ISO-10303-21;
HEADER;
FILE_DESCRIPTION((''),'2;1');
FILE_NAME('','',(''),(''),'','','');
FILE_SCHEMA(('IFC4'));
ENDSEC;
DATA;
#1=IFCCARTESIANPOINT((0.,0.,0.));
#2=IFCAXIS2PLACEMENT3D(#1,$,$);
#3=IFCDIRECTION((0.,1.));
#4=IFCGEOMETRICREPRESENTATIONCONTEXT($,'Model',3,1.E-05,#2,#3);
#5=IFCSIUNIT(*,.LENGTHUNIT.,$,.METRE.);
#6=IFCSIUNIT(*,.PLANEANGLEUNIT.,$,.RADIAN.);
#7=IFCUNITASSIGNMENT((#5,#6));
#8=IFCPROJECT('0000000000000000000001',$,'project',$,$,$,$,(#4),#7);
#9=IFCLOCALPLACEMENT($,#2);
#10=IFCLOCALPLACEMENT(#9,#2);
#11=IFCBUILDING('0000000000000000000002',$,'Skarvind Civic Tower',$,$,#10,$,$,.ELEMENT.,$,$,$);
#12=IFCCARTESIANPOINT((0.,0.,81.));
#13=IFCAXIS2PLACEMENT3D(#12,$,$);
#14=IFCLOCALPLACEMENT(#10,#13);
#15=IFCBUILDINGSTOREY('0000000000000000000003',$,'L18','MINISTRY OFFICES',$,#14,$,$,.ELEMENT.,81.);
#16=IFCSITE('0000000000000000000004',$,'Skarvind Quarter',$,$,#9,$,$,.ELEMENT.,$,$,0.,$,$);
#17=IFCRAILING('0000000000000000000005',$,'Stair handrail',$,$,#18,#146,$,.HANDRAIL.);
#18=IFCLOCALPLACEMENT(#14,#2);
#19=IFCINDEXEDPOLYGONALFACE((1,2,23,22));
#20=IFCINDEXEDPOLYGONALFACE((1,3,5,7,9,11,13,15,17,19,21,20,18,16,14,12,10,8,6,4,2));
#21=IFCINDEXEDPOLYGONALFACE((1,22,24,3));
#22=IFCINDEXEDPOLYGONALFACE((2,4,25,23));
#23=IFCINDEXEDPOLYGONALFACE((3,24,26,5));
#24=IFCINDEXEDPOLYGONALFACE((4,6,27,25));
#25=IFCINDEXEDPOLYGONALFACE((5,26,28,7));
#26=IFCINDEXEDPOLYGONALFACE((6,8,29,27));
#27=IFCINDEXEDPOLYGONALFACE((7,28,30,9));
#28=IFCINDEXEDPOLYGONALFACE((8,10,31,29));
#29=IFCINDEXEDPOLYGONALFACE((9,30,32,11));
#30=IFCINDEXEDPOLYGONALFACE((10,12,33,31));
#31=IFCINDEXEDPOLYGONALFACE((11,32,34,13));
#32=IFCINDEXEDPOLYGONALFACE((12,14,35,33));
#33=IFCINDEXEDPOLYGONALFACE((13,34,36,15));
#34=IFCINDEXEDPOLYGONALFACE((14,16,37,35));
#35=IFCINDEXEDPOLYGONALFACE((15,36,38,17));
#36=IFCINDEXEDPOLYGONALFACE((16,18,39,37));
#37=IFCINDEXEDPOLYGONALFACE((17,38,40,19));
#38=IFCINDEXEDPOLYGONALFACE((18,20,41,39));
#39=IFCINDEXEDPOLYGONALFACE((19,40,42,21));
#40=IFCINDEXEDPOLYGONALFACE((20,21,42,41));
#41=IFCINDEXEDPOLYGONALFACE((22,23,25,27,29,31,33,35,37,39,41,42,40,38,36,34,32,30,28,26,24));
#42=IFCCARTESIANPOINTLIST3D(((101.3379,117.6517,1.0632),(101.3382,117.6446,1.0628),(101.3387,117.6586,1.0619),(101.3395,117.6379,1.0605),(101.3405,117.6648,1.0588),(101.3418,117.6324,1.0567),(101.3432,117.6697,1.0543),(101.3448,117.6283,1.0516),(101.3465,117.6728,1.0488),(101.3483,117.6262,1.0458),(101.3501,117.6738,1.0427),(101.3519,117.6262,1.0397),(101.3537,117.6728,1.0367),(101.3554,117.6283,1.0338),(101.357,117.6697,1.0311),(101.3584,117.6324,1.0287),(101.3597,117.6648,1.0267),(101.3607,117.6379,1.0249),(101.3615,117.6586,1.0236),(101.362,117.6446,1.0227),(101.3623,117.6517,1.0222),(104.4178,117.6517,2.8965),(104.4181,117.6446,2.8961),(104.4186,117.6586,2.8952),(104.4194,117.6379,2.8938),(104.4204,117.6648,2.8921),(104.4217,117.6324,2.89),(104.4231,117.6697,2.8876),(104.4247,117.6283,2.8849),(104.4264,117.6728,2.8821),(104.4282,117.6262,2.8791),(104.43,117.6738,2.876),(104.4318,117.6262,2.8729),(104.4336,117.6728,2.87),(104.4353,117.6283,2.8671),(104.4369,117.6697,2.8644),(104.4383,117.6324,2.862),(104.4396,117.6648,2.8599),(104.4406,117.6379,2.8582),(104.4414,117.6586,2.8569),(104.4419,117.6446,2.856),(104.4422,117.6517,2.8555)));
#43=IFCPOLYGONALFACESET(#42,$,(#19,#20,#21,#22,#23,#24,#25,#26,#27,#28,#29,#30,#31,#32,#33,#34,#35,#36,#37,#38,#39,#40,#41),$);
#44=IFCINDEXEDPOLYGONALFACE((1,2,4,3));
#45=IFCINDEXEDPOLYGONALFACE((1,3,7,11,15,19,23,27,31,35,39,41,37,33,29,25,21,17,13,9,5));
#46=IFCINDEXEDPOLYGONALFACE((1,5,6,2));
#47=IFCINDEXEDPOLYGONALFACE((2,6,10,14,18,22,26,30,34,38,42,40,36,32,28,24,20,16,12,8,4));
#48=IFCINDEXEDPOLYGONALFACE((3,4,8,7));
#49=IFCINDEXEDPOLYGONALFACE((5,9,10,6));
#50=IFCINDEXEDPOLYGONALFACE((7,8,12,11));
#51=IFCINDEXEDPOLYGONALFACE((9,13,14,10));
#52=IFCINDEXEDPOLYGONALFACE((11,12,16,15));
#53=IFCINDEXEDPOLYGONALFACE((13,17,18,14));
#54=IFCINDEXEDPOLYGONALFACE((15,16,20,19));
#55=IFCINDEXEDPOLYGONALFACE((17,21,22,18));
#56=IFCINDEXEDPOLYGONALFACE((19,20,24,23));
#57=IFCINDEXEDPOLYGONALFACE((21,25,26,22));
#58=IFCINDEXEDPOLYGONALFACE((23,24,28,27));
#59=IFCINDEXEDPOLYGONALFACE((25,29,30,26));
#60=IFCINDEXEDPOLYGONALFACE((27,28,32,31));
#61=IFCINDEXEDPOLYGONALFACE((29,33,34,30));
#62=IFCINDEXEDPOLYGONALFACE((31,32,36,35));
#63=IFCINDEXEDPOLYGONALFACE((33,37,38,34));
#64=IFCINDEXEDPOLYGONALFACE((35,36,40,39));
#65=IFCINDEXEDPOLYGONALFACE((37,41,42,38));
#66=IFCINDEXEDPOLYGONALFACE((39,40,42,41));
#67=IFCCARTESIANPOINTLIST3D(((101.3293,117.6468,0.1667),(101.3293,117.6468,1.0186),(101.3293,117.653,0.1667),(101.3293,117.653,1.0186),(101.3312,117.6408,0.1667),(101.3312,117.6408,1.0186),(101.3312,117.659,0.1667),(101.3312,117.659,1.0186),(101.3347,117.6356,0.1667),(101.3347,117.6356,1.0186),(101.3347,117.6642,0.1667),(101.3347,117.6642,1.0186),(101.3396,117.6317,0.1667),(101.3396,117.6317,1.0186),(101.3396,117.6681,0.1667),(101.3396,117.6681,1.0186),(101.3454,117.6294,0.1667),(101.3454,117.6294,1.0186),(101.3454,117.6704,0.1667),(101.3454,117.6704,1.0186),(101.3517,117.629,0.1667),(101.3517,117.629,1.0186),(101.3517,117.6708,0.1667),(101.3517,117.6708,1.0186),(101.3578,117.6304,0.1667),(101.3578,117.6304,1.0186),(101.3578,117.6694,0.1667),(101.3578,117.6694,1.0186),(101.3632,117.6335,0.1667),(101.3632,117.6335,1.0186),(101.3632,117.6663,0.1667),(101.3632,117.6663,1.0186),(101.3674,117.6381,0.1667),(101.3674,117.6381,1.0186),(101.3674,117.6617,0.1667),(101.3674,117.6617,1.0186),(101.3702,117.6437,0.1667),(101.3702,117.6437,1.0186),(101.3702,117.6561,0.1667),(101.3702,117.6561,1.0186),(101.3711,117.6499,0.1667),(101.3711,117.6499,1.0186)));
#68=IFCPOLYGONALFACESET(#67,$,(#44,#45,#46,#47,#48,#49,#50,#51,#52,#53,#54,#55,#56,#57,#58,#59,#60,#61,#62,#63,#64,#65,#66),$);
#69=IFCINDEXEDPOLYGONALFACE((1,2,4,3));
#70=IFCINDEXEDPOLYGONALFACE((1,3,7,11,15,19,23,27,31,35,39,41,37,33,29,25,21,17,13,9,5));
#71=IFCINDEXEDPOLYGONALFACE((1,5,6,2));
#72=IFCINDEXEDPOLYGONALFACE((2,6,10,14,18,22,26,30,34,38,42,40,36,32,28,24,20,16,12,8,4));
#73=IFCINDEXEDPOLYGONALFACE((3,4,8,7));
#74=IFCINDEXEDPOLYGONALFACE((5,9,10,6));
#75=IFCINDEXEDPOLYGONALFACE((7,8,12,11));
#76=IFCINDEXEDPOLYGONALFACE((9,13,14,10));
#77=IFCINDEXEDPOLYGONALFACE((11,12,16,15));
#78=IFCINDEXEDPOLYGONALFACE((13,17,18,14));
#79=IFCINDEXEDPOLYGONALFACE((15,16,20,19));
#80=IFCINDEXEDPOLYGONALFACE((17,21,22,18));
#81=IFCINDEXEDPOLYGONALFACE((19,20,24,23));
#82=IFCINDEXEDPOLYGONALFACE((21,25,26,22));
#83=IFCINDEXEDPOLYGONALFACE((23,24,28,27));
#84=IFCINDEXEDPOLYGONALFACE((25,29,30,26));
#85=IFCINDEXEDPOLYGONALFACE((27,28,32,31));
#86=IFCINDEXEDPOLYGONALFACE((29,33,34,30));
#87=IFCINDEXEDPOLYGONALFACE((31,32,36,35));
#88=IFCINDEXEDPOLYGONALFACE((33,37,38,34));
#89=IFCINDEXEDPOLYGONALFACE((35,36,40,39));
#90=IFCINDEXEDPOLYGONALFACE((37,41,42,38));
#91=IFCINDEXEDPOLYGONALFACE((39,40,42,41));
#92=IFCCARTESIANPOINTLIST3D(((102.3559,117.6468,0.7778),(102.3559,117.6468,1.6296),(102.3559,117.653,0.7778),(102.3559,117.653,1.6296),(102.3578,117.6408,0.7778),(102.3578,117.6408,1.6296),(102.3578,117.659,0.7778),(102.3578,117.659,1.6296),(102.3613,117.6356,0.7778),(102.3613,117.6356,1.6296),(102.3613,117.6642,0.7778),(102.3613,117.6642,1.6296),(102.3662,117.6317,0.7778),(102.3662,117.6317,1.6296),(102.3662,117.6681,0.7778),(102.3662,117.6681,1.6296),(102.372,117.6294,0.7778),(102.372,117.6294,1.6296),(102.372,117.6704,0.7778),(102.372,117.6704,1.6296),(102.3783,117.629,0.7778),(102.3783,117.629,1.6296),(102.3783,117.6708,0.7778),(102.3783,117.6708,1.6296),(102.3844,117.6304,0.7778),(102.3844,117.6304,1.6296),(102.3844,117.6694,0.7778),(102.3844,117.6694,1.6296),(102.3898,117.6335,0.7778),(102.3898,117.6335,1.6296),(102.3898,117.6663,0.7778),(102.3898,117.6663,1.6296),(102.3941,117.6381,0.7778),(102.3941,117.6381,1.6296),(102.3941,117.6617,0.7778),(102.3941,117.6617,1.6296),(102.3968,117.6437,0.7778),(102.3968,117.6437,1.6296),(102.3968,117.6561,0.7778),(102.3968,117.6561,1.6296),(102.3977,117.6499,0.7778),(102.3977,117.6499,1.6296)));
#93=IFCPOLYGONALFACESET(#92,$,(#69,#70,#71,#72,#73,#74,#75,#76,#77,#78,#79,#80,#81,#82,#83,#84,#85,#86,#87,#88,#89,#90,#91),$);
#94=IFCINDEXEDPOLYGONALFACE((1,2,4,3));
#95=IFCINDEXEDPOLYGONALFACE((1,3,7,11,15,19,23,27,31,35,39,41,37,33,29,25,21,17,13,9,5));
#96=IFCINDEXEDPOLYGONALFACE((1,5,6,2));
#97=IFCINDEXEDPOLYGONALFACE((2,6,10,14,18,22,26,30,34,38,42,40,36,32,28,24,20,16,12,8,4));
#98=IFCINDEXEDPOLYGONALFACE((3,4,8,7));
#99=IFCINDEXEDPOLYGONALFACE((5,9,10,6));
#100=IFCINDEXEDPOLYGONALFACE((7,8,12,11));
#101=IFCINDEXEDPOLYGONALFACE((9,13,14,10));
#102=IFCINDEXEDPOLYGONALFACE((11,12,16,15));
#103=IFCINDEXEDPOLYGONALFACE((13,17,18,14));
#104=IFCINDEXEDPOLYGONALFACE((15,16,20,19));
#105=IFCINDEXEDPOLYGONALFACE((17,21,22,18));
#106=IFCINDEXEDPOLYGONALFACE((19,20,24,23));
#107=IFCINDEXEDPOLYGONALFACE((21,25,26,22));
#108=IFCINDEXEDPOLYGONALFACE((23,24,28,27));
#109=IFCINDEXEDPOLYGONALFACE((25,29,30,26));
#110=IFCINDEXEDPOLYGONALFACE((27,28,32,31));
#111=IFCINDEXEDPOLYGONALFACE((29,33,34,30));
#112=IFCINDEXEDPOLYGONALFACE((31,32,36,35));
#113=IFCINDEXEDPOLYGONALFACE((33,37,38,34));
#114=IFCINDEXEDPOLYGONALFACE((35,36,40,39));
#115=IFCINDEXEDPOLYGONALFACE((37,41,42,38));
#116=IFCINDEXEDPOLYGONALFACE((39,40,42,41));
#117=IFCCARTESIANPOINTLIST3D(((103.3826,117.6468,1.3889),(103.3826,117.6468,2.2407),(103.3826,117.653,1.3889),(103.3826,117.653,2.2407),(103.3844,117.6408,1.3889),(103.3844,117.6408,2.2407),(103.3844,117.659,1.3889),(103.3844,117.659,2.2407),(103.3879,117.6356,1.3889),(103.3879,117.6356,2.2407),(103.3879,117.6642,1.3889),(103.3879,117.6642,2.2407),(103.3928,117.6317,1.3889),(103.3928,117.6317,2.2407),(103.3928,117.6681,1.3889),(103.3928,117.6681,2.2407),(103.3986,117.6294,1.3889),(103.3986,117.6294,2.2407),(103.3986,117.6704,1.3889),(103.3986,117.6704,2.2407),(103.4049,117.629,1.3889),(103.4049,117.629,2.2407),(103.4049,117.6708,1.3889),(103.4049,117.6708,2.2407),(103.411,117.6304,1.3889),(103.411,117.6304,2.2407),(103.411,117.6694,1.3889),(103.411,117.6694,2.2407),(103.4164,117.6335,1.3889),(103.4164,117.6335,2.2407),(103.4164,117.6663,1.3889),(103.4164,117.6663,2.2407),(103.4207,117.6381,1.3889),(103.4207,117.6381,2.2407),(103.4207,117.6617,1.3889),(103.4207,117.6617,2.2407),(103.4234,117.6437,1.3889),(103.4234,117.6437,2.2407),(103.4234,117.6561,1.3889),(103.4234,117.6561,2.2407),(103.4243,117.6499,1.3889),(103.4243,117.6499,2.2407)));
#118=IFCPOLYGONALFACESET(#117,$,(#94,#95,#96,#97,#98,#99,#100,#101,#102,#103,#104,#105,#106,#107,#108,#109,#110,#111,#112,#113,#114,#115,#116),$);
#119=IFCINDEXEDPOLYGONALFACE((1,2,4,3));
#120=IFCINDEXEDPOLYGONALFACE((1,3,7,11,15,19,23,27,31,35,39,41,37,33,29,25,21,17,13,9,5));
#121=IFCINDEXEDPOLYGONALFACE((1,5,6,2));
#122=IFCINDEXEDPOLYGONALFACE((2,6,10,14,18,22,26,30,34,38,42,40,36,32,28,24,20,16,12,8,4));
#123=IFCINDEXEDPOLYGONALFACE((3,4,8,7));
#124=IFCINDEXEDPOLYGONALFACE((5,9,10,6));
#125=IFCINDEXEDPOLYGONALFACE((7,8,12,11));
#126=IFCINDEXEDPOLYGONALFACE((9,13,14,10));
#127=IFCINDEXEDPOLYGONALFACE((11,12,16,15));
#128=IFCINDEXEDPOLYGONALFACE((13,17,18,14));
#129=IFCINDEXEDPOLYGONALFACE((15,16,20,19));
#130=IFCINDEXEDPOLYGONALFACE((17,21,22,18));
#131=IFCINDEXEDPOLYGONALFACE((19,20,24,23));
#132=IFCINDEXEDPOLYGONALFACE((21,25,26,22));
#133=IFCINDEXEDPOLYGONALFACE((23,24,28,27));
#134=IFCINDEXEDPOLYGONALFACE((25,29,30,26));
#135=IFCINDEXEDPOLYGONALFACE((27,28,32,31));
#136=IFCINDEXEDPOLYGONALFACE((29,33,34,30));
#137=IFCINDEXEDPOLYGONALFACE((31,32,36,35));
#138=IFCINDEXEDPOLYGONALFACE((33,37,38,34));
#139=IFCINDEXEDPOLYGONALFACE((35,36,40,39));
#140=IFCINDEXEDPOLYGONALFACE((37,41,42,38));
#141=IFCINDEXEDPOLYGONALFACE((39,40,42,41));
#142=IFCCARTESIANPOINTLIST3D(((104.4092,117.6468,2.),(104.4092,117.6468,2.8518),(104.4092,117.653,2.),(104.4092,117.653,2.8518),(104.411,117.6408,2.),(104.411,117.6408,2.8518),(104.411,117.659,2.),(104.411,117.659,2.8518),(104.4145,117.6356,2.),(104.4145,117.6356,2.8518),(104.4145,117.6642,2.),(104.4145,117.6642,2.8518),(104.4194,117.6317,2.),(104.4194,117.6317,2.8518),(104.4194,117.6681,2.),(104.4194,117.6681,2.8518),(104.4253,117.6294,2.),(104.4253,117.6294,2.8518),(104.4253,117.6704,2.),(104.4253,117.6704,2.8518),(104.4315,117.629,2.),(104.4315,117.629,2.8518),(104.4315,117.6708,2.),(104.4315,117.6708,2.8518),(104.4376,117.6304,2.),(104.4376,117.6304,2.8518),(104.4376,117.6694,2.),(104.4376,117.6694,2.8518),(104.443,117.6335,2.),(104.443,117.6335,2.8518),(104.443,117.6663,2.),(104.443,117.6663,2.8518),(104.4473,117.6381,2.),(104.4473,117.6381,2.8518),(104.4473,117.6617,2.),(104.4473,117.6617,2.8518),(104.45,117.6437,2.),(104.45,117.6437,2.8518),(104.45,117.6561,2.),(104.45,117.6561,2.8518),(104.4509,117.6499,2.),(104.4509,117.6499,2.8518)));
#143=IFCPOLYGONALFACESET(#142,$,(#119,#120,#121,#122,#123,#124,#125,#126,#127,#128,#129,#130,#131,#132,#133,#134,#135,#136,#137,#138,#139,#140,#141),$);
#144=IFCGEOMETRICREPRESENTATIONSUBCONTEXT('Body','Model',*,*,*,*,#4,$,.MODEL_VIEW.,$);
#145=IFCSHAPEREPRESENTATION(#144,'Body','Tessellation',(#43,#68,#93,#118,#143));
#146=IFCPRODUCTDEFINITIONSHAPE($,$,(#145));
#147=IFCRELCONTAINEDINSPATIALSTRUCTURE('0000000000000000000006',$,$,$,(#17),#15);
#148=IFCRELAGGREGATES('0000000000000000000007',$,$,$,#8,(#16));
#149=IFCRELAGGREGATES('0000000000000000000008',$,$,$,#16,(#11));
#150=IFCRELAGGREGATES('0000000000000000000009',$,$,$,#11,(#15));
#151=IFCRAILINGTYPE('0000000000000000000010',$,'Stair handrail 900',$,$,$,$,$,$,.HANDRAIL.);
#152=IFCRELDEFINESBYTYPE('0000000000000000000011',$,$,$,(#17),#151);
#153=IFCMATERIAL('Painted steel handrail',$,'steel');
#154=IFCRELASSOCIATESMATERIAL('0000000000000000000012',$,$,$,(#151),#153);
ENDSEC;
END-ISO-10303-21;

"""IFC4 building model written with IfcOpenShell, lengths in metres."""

from ifc_helpers import new_model, si_unit, direction, frame, origin, origin_2d, place, context, subcontext, project, spatial, circle, extrude, material, type_object, element, save


model = new_model("IFC4")

# Units and contexts
model_context = context("Model", 3, precision=1e-05, world=origin(), true_north=direction((0.0, 1.0)))
body_context = subcontext(model_context, "Body", "Model", "MODEL_VIEW")
ifc_project = project(units=[si_unit("LENGTHUNIT", "METRE"), si_unit("PLANEANGLEUNIT", "RADIAN")], contexts=[model_context])

# Site, building, storey
site_placement = place(None, origin())
site = spatial("IfcSite", under=ifc_project, at=site_placement, Name="Skarvind Quarter", CompositionType="ELEMENT", RefElevation=0.0)
building_placement = place(site_placement, origin())
building = spatial("IfcBuilding", under=site, at=building_placement, Name="Skarvind Civic Tower", CompositionType="ELEMENT")
storey_placement = place(building_placement, frame((0.0, 0.0, 81.0)))
storey = spatial("IfcBuildingStorey", under=building, at=storey_placement, Name="L18", Description="MINISTRY OFFICES", CompositionType="ELEMENT", Elevation=81.0)

# Railing
ifc_material_1 = material(Name="Painted steel handrail", Category="steel")
railing_type = type_object("IfcRailingType", Name="Stair handrail 900", PredefinedType="HANDRAIL", material=ifc_material_1)
for number, where, name in (
    (1, (101.3501, 117.6499, 0.1667), "Stair handrail"),
):
    element("IfcRailing", number, at=place(storey_placement, frame(where)), inside=storey, type_object=railing_type, Name=name, PredefinedType="HANDRAIL", context=body_context, shape_type="SweptSolid", body=[
        extrude(circle(Radius=0.0239, at=origin_2d()), frame((0.0, 0.0, 0.876), z_axis=(0.859291, 0.0, 0.511487), x_axis=(0.0, 1.0, 0.0)), (0.0, 0.0, 1.0), 3.5842),
        extrude(circle(Radius=0.021, at=origin_2d()), origin(), (0.0, 0.0, 1.0), 0.8518),
        extrude(circle(Radius=0.021, at=origin_2d()), frame((1.0266, 0.0, 0.6111)), (0.0, 0.0, 1.0), 0.8518),
        extrude(circle(Radius=0.021, at=origin_2d()), frame((2.0532, 0.0, 1.2222)), (0.0, 0.0, 1.0), 0.8518),
        extrude(circle(Radius=0.021, at=origin_2d()), frame((3.0798, 0.0, 1.8333)), (0.0, 0.0, 1.0), 0.8518),
    ])

save(model, "model.ifc")
